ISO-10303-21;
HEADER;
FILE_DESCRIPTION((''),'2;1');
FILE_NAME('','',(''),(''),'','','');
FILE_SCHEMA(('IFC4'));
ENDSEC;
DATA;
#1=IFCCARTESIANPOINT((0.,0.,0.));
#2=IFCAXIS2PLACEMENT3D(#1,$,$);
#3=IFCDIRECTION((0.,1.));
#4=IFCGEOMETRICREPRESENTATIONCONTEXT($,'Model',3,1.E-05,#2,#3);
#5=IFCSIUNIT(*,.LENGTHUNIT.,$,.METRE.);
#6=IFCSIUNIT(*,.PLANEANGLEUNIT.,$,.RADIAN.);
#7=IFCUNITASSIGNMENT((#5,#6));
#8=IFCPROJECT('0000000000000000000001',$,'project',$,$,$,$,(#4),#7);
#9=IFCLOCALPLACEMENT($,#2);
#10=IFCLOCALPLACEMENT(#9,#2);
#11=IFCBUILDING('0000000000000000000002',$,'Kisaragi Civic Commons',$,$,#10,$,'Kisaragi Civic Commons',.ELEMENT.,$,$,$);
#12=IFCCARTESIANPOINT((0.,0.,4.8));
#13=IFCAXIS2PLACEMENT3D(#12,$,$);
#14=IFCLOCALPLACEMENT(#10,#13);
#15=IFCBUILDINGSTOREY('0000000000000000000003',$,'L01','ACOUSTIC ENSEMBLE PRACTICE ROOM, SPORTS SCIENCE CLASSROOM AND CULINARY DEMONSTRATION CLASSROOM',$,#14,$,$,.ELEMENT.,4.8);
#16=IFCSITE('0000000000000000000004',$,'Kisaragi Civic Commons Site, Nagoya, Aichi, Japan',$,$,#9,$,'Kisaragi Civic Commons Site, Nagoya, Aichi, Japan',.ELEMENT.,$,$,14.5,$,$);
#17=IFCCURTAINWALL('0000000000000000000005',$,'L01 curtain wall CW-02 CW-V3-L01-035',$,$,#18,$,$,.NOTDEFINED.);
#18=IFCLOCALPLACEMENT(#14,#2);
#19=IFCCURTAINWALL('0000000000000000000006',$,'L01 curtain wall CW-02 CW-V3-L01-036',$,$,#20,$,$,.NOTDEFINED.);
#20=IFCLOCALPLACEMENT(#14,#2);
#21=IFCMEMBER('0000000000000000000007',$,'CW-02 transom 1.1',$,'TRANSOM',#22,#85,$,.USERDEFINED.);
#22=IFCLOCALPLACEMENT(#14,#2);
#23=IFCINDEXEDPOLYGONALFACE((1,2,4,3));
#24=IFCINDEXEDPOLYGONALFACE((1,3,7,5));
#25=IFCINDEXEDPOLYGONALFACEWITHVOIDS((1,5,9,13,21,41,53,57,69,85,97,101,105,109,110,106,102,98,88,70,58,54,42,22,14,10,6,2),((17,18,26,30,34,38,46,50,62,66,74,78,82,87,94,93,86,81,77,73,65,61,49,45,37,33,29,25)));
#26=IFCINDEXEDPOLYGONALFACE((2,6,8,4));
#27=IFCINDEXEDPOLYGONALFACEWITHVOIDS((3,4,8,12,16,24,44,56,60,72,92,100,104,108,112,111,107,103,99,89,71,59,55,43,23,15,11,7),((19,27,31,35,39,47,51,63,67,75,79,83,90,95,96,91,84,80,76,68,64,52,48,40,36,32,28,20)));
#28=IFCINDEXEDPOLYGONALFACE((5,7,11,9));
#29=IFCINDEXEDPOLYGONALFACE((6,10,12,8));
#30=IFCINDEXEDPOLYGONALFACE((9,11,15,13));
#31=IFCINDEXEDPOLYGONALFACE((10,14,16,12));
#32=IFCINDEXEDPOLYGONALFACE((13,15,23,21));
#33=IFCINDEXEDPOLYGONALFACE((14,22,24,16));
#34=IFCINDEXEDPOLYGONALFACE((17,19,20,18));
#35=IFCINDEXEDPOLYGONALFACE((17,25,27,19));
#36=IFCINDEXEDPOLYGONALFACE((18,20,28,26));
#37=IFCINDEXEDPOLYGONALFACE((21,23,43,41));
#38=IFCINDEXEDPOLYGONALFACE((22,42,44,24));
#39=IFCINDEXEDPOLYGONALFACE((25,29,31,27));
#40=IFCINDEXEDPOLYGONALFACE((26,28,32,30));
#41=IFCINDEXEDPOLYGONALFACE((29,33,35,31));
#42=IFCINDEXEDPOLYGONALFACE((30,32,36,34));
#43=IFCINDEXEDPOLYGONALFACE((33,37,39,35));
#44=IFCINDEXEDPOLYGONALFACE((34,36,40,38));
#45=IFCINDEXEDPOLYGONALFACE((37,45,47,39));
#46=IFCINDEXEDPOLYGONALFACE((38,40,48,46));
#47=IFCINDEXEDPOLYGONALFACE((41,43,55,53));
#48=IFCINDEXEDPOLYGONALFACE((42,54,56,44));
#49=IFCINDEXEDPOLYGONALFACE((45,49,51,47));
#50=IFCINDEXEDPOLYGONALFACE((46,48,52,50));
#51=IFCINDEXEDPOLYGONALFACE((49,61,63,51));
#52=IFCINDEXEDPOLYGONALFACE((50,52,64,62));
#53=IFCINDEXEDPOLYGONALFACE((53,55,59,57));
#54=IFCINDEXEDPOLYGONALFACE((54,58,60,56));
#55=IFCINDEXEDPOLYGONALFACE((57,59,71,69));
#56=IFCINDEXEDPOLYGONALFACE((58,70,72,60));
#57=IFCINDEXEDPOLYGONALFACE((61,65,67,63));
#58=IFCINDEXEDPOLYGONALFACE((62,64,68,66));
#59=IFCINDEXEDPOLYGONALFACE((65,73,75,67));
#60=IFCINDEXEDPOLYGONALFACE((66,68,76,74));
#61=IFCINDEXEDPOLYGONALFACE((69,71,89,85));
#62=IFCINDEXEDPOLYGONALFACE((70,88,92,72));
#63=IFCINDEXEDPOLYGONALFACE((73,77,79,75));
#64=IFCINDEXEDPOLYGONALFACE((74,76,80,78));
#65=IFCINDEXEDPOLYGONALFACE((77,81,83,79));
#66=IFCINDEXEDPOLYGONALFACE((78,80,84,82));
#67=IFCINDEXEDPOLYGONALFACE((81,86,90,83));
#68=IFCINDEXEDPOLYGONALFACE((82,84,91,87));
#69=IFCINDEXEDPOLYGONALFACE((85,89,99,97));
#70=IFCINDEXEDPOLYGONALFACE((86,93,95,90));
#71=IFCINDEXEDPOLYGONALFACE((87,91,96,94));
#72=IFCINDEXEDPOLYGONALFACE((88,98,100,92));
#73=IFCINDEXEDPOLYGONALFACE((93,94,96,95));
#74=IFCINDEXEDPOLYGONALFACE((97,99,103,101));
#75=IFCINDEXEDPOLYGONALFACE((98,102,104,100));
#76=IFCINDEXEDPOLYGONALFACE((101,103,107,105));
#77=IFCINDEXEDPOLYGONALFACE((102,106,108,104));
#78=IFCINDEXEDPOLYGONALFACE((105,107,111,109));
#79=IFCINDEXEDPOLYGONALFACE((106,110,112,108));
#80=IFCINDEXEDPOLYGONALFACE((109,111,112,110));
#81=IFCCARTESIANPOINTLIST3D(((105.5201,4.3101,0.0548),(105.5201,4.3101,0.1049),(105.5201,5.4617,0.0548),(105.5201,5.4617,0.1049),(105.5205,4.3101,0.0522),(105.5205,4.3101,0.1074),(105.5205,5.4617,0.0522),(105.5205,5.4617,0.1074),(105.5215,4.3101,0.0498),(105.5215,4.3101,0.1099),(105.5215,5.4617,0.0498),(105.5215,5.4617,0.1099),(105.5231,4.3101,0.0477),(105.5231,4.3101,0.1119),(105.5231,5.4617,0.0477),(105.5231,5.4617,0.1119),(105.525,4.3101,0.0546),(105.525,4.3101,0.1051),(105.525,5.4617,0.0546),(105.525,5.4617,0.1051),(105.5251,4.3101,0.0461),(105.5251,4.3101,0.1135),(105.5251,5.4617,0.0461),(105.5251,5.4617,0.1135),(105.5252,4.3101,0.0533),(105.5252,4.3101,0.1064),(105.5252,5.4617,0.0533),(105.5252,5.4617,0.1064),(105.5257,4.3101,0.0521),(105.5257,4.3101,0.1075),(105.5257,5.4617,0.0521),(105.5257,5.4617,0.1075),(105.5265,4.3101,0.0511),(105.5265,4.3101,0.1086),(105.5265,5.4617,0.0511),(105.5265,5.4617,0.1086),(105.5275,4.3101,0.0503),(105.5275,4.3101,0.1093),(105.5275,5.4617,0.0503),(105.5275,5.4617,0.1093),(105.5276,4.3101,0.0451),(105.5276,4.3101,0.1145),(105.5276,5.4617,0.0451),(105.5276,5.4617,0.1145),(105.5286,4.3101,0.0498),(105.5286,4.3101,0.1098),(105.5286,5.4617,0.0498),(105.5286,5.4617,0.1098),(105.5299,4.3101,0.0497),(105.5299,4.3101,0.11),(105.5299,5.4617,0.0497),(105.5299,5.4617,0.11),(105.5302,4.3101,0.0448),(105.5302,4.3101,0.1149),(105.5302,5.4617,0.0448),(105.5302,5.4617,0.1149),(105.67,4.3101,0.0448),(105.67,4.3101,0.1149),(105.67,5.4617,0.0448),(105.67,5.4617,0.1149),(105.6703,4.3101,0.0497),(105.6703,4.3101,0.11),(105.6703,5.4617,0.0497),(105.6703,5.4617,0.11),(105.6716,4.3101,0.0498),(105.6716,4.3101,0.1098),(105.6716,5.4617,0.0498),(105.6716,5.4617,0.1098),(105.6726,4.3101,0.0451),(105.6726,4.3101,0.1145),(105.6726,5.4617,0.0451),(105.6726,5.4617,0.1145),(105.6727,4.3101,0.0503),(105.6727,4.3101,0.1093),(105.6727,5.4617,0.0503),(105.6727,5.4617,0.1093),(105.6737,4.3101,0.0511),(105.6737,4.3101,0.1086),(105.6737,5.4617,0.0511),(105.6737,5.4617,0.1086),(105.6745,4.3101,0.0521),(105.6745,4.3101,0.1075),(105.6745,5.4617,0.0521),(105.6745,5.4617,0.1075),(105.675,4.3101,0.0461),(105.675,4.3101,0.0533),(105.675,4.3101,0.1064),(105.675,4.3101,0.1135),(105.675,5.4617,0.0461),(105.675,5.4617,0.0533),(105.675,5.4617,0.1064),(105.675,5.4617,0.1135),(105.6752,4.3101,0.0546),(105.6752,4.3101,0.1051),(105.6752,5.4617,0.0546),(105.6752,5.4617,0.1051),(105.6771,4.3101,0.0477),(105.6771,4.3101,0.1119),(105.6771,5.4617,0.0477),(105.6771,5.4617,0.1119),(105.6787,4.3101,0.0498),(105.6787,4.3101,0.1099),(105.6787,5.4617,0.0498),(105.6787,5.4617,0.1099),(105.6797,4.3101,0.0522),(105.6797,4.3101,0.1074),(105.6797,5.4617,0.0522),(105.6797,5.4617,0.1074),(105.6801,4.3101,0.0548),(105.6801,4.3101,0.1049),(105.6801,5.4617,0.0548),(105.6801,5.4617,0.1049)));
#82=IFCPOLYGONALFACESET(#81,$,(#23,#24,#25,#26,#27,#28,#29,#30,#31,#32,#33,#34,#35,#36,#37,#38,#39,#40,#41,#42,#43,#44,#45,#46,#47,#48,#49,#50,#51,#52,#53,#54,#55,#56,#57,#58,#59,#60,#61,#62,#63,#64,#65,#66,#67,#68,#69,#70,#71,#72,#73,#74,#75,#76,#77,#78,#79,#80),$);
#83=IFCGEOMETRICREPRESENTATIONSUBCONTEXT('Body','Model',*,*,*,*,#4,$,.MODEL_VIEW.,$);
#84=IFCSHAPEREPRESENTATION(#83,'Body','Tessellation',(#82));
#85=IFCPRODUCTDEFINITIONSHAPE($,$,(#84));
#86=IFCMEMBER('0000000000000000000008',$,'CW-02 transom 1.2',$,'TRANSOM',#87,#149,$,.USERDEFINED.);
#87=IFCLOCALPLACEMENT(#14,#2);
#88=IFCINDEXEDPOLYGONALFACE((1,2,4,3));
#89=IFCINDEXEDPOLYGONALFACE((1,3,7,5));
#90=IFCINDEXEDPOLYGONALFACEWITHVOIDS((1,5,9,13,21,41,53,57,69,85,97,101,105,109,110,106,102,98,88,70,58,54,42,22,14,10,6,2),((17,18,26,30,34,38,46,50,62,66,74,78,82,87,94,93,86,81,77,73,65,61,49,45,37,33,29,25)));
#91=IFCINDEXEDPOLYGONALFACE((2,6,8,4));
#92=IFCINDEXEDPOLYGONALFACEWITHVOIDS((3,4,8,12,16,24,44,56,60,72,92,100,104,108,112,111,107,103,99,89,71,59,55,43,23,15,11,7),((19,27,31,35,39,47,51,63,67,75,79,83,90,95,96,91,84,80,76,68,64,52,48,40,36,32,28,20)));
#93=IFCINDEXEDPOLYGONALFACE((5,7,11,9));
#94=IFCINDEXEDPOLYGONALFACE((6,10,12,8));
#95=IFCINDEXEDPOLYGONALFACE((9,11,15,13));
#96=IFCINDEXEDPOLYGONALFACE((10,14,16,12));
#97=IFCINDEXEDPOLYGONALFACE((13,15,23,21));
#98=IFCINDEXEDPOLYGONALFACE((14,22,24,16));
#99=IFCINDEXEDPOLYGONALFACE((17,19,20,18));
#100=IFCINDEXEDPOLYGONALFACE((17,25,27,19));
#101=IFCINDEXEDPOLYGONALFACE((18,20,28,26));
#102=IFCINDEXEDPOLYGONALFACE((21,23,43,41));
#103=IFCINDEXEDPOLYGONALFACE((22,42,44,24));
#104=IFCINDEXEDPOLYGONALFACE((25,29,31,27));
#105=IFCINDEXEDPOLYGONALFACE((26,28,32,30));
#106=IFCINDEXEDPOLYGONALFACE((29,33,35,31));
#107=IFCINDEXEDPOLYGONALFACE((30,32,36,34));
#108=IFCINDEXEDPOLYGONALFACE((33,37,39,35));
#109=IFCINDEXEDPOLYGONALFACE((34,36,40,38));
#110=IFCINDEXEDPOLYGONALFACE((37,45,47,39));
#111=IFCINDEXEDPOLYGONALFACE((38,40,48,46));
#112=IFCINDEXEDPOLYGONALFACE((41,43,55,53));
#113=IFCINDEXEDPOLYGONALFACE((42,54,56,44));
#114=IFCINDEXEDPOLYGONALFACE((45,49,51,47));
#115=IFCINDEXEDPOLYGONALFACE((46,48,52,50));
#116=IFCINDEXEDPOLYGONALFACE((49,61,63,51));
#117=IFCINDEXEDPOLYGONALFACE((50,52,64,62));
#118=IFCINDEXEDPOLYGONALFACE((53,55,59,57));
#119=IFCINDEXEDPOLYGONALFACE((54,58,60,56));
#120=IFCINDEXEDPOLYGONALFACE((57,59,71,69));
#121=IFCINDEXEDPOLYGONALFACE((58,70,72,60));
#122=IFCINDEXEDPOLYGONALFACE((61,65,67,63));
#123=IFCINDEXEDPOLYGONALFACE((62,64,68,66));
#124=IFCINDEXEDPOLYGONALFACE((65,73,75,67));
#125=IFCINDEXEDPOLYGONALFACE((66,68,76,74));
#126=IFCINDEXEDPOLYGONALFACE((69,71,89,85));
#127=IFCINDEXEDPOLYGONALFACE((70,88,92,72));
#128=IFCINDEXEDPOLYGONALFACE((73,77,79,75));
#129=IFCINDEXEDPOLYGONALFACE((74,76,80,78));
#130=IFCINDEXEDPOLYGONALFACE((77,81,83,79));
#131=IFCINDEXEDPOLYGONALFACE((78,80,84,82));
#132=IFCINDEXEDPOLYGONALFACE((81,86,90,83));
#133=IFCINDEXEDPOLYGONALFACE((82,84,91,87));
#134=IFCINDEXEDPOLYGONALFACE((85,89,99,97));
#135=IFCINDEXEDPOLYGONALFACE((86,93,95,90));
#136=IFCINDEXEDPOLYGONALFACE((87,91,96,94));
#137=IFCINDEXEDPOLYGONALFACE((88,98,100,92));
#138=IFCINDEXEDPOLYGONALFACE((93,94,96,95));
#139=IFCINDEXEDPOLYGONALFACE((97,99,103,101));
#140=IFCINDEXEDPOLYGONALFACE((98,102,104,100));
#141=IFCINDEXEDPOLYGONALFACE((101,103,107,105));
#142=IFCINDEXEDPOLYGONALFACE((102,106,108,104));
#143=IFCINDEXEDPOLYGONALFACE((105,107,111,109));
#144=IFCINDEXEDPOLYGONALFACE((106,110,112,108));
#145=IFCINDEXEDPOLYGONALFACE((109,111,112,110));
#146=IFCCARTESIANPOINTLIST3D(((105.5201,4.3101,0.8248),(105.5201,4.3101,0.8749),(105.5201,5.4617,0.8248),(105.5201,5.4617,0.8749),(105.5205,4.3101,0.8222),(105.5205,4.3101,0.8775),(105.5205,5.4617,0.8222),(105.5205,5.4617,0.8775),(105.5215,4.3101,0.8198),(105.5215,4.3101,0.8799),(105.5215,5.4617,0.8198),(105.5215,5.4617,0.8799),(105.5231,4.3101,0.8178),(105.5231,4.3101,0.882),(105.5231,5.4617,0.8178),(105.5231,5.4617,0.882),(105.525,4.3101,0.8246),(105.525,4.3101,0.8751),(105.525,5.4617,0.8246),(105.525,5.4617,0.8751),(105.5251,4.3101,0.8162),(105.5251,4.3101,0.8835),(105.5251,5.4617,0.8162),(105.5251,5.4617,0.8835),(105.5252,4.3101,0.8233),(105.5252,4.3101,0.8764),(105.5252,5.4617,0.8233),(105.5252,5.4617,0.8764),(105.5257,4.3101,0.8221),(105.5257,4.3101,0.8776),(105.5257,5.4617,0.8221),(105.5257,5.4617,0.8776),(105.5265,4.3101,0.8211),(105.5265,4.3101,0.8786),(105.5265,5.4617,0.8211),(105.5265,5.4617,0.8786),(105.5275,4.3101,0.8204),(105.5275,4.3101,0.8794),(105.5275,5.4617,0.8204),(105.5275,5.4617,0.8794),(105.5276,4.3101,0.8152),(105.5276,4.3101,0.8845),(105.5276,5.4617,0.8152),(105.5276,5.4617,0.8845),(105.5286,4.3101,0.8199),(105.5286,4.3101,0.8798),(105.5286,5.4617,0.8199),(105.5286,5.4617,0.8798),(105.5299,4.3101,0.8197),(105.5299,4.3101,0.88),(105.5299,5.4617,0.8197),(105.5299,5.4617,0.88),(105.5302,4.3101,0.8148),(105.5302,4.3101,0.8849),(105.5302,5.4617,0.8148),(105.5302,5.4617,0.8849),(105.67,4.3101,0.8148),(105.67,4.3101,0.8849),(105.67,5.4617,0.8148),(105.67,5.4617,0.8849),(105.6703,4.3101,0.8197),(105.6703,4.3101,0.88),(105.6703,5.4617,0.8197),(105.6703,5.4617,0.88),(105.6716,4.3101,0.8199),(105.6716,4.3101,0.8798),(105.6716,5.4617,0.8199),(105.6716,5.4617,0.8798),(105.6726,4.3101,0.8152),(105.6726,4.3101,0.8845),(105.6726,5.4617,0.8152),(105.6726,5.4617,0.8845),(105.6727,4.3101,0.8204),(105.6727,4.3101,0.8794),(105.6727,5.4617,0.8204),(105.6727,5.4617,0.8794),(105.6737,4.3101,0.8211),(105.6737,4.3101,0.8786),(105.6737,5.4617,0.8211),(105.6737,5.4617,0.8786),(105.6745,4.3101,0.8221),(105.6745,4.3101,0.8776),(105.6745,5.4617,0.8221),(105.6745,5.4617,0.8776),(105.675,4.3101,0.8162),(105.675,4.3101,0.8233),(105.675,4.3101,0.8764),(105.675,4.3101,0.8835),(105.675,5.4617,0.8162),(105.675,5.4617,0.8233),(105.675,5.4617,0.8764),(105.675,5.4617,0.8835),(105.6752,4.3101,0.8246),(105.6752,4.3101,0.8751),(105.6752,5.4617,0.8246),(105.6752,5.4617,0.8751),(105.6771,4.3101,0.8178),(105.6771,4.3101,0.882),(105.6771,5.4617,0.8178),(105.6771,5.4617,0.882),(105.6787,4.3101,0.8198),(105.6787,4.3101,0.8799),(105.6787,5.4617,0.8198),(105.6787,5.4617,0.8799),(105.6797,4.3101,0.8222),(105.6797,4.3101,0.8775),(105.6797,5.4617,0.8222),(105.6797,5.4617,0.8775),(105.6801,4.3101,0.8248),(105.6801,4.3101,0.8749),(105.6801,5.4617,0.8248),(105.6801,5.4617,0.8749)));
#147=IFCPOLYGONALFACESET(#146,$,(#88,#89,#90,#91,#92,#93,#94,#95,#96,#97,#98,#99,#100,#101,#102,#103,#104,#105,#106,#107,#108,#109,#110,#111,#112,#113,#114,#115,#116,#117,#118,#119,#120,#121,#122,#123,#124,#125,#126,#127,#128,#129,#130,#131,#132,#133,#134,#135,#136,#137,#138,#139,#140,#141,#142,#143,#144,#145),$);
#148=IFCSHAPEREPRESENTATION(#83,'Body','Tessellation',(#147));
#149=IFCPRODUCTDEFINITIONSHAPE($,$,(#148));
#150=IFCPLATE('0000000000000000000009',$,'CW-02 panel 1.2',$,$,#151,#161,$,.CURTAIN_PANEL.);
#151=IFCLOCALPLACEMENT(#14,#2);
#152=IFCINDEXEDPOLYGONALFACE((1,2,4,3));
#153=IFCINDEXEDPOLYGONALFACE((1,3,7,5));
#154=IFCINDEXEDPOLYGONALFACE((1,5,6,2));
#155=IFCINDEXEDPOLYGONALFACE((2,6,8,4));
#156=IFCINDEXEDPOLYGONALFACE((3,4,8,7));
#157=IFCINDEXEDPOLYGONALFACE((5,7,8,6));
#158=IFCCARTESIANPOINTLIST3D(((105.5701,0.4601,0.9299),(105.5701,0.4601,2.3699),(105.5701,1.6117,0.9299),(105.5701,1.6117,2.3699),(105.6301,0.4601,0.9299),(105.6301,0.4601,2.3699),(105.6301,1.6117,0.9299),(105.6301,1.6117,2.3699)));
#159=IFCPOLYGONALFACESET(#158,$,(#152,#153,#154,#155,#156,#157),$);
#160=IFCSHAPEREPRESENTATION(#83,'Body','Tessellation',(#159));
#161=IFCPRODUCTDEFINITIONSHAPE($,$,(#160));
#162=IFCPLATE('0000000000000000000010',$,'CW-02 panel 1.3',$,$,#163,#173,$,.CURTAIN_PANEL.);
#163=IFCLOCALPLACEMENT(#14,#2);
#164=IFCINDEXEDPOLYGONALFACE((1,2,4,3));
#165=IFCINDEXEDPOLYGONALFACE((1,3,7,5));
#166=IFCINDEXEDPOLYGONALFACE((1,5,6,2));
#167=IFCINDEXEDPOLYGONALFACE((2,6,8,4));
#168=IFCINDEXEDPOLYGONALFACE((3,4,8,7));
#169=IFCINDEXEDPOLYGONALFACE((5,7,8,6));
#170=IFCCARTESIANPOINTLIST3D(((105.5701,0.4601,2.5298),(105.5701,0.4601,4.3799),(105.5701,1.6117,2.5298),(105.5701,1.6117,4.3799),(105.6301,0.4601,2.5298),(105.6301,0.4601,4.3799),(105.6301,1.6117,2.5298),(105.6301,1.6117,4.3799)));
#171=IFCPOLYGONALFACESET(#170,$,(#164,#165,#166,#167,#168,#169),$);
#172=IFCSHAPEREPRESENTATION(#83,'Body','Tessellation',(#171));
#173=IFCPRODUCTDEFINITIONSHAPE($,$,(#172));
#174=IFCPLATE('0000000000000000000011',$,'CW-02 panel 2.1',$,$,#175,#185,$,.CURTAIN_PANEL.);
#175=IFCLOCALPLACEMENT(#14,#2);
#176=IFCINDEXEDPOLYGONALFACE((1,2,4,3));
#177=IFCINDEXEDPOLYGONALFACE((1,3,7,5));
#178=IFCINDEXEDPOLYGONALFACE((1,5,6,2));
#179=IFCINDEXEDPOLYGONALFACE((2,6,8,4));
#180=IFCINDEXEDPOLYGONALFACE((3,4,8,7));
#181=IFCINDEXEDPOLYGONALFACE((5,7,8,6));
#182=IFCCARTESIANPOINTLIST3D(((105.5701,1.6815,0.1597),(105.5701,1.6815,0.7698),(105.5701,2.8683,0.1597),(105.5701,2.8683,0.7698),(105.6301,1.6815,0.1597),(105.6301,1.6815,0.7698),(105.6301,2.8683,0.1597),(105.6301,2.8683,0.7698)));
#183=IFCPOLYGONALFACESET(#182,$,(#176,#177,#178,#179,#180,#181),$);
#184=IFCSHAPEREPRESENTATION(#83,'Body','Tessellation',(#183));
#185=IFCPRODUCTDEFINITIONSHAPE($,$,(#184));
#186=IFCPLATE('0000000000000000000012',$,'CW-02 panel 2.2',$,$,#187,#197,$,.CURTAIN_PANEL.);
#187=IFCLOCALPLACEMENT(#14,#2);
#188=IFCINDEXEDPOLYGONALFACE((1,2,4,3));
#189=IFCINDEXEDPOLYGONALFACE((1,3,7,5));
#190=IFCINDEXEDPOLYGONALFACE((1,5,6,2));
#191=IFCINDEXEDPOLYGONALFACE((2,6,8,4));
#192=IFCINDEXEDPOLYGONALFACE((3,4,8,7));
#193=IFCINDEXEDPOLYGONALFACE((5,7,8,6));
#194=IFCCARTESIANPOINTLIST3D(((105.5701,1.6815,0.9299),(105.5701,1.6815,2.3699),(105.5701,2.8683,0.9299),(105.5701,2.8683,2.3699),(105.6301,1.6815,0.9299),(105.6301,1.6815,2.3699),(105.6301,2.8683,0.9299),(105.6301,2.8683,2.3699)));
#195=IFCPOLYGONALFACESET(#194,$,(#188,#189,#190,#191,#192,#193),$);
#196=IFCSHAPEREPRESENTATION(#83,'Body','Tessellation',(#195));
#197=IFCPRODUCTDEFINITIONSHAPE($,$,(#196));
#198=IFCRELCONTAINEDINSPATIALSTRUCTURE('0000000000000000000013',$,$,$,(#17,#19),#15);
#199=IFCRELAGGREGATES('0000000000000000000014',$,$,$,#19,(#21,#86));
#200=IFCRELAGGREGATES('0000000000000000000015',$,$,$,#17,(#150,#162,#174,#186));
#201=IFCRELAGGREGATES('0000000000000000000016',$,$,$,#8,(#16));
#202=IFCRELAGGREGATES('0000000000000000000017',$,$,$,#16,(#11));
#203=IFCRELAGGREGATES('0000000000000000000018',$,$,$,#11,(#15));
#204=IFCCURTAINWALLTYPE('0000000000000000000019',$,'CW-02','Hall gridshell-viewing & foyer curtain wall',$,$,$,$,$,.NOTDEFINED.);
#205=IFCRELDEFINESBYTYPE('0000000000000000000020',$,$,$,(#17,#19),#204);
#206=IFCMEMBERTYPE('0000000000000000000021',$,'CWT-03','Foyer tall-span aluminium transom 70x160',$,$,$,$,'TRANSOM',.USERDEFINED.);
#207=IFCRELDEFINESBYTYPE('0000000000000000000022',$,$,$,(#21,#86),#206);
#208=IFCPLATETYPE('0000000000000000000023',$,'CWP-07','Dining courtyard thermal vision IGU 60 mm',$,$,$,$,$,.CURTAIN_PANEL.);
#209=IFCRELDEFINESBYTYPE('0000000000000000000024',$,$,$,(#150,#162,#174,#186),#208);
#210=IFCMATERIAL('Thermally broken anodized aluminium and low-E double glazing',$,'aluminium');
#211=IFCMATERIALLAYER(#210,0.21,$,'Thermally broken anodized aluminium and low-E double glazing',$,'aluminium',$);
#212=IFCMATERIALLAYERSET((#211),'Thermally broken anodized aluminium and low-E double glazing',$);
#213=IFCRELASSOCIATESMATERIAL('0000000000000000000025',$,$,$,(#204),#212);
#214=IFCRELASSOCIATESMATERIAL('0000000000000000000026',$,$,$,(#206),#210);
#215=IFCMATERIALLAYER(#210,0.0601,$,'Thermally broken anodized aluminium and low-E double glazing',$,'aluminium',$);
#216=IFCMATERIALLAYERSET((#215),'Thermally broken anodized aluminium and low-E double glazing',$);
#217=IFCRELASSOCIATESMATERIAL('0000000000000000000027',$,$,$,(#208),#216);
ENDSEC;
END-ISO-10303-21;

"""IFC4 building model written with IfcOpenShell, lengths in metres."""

from ifc_helpers import new_model, si_unit, direction, frame, origin, origin_2d, place, context, subcontext, project, spatial, rectangle, hollow_rectangle, extrude, material, layer, layer_set, material_profile, profile_set, type_object, element, aggregate, save


model = new_model("IFC4")

# Units and contexts
model_context = context("Model", 3, precision=1e-05, world=origin(), true_north=direction((0.0, 1.0)))
body_context = subcontext(model_context, "Body", "Model", "MODEL_VIEW")
ifc_project = project(units=[si_unit("LENGTHUNIT", "METRE"), si_unit("PLANEANGLEUNIT", "RADIAN")], contexts=[model_context])

# Site, building, storey
site_placement = place(None, origin())
site = spatial("IfcSite", under=ifc_project, at=site_placement, Name="Kisaragi Civic Commons Site, Nagoya, Aichi, Japan", LongName="Kisaragi Civic Commons Site, Nagoya, Aichi, Japan", CompositionType="ELEMENT", RefElevation=14.5)
building_placement = place(site_placement, origin())
building = spatial("IfcBuilding", under=site, at=building_placement, Name="Kisaragi Civic Commons", LongName="Kisaragi Civic Commons", CompositionType="ELEMENT")
storey_placement = place(building_placement, frame((0.0, 0.0, 4.8)))
storey = spatial("IfcBuildingStorey", under=building, at=storey_placement, Name="L01", Description="ACOUSTIC ENSEMBLE PRACTICE ROOM, SPORTS SCIENCE CLASSROOM AND CULINARY DEMONSTRATION CLASSROOM", CompositionType="ELEMENT", Elevation=4.8)

# Curtain wall
ifc_material = material(Name="Thermally broken anodized aluminium and low-E double glazing", Category="aluminium")
ifc_layer_1 = layer(ifc_material, 0.21, Name="Thermally broken anodized aluminium and low-E double glazing", Category="aluminium")
ifc_layer_set_1 = layer_set([ifc_layer_1], Name="Thermally broken anodized aluminium and low-E double glazing")
curtain_wall_type = type_object("IfcCurtainWallType", Name="CW-02", Description="Hall gridshell-viewing & foyer curtain wall", PredefinedType="NOTDEFINED", material=ifc_layer_set_1)
curtain_wall_1_placement = place(storey_placement, origin())
curtain_wall_1 = element("IfcCurtainWall", 1, at=curtain_wall_1_placement, inside=storey, type_object=curtain_wall_type, Name="L01 curtain wall CW-02 CW-V3-L01-035", PredefinedType="NOTDEFINED")

# Curtain wall
curtain_wall_2_placement = place(storey_placement, origin())
curtain_wall_2 = element("IfcCurtainWall", 2, at=curtain_wall_2_placement, inside=storey, type_object=curtain_wall_type, Name="L01 curtain wall CW-02 CW-V3-L01-036", PredefinedType="NOTDEFINED")

# Members
ifc_material_profile_1 = material_profile(ifc_material, hollow_rectangle(XDim=0.1599, YDim=0.0701, WallThickness=0.0049, InnerFilletRadius=0.0049, OuterFilletRadius=0.01, at=origin_2d()), Name="CWT-70x160x5", Category="aluminium")
ifc_profile_set_1 = profile_set([ifc_material_profile_1], Name="Thermally broken anodized aluminium and low-E double glazing")
member_type_1 = type_object("IfcMemberType", Name="CWT-03", Description="Foyer tall-span aluminium transom 70x160", ElementType="TRANSOM", PredefinedType="USERDEFINED", material=ifc_profile_set_1)
member_1_placement = place(storey_placement, frame((105.6001, 4.3101, 0.0798), z_axis=(0.0, 1.0, 0.0), x_axis=(-1.0, 0.0, 0.0)))
member_1 = element("IfcMember", 3, at=member_1_placement, type_object=member_type_1, Name="CW-02 transom 1.1", ObjectType="TRANSOM", PredefinedType="USERDEFINED", context=body_context, shape_type="SweptSolid", body=[
    extrude(hollow_rectangle(XDim=0.1599, YDim=0.0701, WallThickness=0.0049, InnerFilletRadius=0.0049, OuterFilletRadius=0.01, at=origin_2d()), origin(), (0.0, 0.0, 1.0), 1.1516),
])
member_2_placement = place(storey_placement, frame((105.6001, 4.3101, 0.8499), z_axis=(0.0, 1.0, 0.0), x_axis=(-1.0, 0.0, 0.0)))
member_2 = element("IfcMember", 4, at=member_2_placement, type_object=member_type_1, Name="CW-02 transom 1.2", ObjectType="TRANSOM", PredefinedType="USERDEFINED", context=body_context, shape_type="SweptSolid", body=[
    extrude(hollow_rectangle(XDim=0.1599, YDim=0.0701, WallThickness=0.0049, InnerFilletRadius=0.0049, OuterFilletRadius=0.01, at=origin_2d()), origin(), (0.0, 0.0, 1.0), 1.1516),
])
aggregate(curtain_wall_2, [member_1, member_2])

# Plates
ifc_layer_2 = layer(ifc_material, 0.0601, Name="Thermally broken anodized aluminium and low-E double glazing", Category="aluminium")
ifc_layer_set_2 = layer_set([ifc_layer_2], Name="Thermally broken anodized aluminium and low-E double glazing")
plate_type = type_object("IfcPlateType", Name="CWP-07", Description="Dining courtyard thermal vision IGU 60 mm", PredefinedType="CURTAIN_PANEL", material=ifc_layer_set_2)
plate_1_placement = place(storey_placement, frame((105.6001, 1.0359, 0.9299), z_axis=(0.0, 0.0, 1.0), x_axis=(0.0, 1.0, 0.0)))
plate_1 = element("IfcPlate", 5, at=plate_1_placement, type_object=plate_type, Name="CW-02 panel 1.2", PredefinedType="CURTAIN_PANEL", context=body_context, shape_type="SweptSolid", body=[
    extrude(rectangle(XDim=1.1516, YDim=0.0601, at=origin_2d()), origin(), (0.0, 0.0, 1.0), 1.4399),
])
plate_2_placement = place(storey_placement, frame((105.6001, 1.0359, 2.5298), z_axis=(0.0, 0.0, 1.0), x_axis=(0.0, 1.0, 0.0)))
plate_2 = element("IfcPlate", 6, at=plate_2_placement, type_object=plate_type, Name="CW-02 panel 1.3", PredefinedType="CURTAIN_PANEL", context=body_context, shape_type="SweptSolid", body=[
    extrude(rectangle(XDim=1.1516, YDim=0.0601, at=origin_2d()), origin(), (0.0, 0.0, 1.0), 1.8501),
])
plate_3_placement = place(storey_placement, frame((105.6001, 2.2749, 0.1597), z_axis=(0.0, 0.0, 1.0), x_axis=(0.0, 1.0, 0.0)))
plate_3 = element("IfcPlate", 7, at=plate_3_placement, type_object=plate_type, Name="CW-02 panel 2.1", PredefinedType="CURTAIN_PANEL", context=body_context, shape_type="SweptSolid", body=[
    extrude(rectangle(XDim=1.1868, YDim=0.0601, at=origin_2d()), origin(), (0.0, 0.0, 1.0), 0.6101),
])
plate_4_placement = place(storey_placement, frame((105.6001, 2.2749, 0.9299), z_axis=(0.0, 0.0, 1.0), x_axis=(0.0, 1.0, 0.0)))
plate_4 = element("IfcPlate", 8, at=plate_4_placement, type_object=plate_type, Name="CW-02 panel 2.2", PredefinedType="CURTAIN_PANEL", context=body_context, shape_type="SweptSolid", body=[
    extrude(rectangle(XDim=1.1868, YDim=0.0601, at=origin_2d()), origin(), (0.0, 0.0, 1.0), 1.4399),
])
aggregate(curtain_wall_1, [plate_1, plate_2, plate_3, plate_4])

save(model, "model.ifc")
